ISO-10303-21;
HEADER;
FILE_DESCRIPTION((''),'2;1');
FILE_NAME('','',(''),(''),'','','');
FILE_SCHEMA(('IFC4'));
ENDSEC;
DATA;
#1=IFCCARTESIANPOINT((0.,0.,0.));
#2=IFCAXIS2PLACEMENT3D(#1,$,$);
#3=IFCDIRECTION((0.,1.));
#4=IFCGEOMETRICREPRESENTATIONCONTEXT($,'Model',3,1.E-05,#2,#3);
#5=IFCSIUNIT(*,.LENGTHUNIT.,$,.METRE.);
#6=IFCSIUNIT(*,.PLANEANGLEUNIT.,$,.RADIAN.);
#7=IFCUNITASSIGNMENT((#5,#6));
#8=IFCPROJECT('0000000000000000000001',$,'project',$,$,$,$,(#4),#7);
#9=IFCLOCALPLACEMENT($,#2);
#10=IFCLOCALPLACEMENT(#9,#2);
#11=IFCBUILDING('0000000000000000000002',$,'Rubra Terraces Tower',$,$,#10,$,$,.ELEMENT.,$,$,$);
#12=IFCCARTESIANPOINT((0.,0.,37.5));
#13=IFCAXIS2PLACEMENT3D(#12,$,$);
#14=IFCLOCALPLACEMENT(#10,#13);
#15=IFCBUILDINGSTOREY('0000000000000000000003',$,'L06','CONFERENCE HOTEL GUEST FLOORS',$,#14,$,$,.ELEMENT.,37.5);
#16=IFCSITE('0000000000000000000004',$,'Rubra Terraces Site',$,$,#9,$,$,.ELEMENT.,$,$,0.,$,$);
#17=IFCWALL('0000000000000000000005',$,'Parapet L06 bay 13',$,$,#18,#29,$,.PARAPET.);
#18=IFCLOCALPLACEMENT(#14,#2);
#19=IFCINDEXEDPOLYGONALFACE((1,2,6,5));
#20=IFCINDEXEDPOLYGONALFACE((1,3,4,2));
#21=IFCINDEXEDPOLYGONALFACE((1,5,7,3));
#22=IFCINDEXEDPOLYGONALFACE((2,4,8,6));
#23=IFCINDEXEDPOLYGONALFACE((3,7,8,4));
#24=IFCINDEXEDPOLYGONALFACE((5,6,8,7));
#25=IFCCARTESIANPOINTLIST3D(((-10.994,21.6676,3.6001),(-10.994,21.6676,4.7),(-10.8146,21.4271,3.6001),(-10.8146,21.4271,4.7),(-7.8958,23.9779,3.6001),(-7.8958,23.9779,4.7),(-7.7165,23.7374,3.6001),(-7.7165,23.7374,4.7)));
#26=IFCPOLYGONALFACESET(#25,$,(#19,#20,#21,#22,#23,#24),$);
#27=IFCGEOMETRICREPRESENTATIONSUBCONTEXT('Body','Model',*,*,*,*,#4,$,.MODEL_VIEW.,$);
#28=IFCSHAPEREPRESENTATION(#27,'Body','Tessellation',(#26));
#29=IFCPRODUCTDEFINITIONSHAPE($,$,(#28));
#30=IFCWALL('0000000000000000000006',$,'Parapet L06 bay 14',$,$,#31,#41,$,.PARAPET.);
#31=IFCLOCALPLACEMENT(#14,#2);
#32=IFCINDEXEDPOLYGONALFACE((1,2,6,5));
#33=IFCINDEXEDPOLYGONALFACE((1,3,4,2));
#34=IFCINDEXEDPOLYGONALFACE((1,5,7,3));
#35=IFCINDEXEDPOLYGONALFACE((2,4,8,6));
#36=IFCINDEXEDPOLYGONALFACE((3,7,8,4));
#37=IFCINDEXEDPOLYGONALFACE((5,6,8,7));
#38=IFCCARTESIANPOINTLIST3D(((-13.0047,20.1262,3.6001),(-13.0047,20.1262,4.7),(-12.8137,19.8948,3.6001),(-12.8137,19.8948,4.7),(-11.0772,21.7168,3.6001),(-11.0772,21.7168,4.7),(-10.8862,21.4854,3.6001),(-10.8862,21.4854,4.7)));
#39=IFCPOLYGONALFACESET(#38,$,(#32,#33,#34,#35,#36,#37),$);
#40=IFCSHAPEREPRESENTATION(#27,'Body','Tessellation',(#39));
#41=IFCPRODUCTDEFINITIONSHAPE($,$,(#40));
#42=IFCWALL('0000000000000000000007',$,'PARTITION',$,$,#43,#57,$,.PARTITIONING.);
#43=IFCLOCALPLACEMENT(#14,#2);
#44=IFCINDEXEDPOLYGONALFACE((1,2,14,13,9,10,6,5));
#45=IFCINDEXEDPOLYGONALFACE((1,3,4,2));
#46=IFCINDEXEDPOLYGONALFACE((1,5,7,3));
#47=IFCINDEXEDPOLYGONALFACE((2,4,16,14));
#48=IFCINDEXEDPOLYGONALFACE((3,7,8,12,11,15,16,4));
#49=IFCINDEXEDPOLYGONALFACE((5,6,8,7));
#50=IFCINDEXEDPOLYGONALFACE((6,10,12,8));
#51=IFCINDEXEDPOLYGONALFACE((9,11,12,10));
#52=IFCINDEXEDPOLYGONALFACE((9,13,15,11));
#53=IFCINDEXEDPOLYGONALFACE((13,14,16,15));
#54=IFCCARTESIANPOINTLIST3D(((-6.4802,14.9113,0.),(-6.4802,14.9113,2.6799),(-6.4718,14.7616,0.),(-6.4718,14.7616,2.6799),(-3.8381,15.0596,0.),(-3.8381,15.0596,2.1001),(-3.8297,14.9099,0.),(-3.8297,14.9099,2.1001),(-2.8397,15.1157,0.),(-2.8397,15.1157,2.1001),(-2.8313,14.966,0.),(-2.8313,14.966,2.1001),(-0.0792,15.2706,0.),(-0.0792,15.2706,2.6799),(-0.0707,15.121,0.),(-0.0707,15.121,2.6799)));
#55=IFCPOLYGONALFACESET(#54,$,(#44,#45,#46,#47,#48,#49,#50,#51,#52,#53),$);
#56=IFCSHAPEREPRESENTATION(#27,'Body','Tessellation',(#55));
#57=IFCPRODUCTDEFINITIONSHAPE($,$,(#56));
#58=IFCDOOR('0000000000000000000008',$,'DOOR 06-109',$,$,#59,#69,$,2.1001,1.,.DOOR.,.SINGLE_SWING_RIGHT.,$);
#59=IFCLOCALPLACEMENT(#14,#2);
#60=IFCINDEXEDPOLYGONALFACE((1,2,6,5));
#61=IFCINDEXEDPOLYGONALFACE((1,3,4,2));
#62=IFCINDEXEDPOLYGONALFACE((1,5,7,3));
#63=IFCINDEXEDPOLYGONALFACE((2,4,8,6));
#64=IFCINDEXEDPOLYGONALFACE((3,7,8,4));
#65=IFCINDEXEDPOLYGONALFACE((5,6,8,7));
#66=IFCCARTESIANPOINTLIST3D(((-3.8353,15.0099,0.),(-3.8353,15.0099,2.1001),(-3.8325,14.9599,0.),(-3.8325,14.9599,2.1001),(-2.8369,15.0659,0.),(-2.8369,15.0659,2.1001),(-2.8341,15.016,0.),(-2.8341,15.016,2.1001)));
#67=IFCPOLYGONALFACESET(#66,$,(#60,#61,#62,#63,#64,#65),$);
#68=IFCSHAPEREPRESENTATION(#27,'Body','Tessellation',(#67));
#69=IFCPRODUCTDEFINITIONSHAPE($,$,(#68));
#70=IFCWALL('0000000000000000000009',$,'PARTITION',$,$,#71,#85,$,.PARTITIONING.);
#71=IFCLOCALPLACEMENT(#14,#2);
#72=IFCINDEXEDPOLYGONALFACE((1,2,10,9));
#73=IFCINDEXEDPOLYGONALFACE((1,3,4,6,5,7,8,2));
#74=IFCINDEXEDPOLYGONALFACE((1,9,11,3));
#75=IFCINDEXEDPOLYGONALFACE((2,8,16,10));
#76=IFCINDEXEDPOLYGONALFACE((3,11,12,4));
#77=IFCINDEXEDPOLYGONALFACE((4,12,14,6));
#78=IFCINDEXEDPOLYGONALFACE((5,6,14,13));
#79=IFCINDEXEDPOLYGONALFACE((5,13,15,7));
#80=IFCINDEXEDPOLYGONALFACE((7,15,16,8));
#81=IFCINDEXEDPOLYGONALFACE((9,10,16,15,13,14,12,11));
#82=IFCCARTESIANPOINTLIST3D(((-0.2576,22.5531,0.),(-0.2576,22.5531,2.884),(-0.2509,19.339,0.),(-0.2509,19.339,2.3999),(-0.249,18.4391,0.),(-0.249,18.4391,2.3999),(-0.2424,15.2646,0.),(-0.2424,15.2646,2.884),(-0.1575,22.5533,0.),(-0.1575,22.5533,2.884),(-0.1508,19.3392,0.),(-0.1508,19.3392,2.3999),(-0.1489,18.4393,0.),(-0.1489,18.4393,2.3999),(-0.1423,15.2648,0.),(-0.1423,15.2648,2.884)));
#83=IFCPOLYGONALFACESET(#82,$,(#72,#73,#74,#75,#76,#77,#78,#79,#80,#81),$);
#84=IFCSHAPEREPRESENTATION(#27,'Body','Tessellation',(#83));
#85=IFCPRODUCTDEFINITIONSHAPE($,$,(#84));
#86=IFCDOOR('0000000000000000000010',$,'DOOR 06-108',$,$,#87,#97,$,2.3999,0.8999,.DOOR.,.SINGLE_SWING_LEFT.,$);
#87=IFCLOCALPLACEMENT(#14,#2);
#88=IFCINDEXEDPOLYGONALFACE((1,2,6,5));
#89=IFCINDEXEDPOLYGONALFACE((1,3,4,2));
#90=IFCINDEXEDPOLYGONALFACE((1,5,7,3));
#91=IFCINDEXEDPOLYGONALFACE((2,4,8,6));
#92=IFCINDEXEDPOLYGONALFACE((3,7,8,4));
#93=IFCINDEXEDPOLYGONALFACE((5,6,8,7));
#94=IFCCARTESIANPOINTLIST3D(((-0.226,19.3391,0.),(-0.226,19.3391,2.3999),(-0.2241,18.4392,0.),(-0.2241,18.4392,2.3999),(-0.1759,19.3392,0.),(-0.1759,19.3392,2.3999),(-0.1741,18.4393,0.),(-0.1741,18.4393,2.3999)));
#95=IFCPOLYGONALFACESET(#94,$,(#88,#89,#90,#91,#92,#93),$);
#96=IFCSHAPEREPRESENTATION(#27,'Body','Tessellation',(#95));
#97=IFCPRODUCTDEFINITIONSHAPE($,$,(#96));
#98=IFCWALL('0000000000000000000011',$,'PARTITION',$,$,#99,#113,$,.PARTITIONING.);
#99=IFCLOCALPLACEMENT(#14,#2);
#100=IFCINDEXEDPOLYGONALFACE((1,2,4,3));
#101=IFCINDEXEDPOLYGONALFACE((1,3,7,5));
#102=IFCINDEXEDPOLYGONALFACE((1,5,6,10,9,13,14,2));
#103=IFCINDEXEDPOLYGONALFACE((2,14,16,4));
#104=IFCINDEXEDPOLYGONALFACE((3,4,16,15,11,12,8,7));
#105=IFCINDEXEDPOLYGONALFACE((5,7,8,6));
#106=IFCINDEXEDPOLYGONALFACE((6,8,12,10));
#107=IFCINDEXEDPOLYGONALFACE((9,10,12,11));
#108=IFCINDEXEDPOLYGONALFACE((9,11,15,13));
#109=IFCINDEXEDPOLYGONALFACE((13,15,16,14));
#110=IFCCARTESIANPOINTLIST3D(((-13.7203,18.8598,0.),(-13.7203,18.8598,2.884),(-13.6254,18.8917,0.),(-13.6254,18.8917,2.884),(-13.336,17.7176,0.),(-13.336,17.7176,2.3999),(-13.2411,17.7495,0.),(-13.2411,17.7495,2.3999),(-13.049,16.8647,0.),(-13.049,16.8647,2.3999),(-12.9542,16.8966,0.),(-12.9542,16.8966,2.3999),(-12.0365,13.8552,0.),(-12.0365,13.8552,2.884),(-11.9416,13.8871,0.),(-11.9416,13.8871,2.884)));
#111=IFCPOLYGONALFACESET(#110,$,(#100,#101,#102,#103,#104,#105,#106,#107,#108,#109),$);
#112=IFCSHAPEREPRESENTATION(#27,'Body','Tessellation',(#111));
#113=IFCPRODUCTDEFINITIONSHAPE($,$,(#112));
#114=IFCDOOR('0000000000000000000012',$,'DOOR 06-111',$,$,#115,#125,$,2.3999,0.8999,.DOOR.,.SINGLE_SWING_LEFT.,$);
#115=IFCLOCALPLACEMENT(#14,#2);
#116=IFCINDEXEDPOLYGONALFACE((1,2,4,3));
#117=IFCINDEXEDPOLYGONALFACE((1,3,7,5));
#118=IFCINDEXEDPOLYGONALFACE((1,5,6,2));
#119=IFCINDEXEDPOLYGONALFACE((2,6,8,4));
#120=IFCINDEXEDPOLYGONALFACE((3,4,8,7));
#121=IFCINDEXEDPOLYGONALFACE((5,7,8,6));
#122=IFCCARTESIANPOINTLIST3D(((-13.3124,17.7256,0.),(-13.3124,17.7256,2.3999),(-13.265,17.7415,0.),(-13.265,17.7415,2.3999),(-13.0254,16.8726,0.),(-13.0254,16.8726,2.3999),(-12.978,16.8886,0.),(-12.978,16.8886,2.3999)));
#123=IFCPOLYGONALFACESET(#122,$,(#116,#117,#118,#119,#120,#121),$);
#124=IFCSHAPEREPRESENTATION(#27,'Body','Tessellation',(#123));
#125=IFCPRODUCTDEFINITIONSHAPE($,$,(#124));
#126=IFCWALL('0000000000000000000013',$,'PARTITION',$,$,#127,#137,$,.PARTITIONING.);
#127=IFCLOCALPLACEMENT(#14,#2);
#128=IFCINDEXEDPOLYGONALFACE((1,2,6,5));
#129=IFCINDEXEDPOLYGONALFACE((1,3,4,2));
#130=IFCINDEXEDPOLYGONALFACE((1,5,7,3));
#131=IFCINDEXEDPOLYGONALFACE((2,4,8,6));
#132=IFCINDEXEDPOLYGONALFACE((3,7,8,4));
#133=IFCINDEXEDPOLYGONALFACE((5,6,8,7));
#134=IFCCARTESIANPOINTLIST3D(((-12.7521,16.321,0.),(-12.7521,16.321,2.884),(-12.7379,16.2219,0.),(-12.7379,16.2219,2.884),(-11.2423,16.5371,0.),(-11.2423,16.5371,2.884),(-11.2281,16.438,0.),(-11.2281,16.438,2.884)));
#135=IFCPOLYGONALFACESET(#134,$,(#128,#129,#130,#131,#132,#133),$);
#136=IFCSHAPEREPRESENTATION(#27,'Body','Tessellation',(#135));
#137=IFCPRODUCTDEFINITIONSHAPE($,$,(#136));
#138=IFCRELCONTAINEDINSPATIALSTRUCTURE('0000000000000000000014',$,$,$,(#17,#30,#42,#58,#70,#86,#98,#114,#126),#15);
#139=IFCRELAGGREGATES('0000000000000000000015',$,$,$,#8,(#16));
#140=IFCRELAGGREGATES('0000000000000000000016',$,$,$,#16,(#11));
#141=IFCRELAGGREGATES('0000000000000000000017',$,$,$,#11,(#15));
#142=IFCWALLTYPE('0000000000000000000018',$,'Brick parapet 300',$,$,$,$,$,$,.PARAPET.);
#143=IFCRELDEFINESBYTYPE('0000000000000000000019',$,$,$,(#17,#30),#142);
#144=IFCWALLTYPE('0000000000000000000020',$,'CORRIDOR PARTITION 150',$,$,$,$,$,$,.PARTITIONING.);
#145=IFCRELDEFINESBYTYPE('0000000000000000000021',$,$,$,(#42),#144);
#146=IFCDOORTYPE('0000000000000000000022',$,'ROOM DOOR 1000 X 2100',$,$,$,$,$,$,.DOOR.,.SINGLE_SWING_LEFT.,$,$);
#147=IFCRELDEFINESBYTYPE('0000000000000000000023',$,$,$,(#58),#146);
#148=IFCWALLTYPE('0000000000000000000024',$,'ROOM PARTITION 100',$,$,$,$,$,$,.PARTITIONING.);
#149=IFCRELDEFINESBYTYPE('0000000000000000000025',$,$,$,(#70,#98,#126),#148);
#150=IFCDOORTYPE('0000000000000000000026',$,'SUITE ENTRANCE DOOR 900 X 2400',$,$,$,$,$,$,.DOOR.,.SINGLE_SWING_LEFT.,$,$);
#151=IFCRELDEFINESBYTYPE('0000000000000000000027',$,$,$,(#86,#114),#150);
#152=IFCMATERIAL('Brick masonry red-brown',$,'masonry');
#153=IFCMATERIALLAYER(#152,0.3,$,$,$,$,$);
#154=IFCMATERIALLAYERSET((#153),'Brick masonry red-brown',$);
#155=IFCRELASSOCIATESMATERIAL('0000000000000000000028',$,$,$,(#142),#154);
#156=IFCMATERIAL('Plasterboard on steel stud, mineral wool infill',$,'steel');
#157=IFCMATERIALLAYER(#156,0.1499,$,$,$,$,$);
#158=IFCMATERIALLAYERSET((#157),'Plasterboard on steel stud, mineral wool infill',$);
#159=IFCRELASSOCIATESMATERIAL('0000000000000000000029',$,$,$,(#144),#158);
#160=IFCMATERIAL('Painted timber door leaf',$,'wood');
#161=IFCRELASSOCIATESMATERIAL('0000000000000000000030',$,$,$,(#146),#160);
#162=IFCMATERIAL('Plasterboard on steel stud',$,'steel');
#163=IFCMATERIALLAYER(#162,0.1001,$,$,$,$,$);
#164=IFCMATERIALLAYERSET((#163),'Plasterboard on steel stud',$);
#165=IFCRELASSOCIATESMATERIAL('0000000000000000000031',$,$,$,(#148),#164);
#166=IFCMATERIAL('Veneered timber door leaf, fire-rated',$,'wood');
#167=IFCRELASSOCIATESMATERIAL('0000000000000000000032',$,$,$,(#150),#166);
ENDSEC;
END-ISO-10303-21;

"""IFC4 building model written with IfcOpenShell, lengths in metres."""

from ifc_helpers import new_model, si_unit, direction, frame, frame_2d, origin, place, context, subcontext, project, spatial, rectangle, extrude, material, layer, layer_set, type_object, element, fill, save


model = new_model("IFC4")

# Units and contexts
model_context = context("Model", 3, precision=1e-05, world=origin(), true_north=direction((0.0, 1.0)))
body_context = subcontext(model_context, "Body", "Model", "MODEL_VIEW")
ifc_project = project(units=[si_unit("LENGTHUNIT", "METRE"), si_unit("PLANEANGLEUNIT", "RADIAN")], contexts=[model_context])

# Site, building, storey
site_placement = place(None, origin())
site = spatial("IfcSite", under=ifc_project, at=site_placement, Name="Rubra Terraces Site", CompositionType="ELEMENT", RefElevation=0.0)
building_placement = place(site_placement, origin())
building = spatial("IfcBuilding", under=site, at=building_placement, Name="Rubra Terraces Tower", CompositionType="ELEMENT")
storey_placement = place(building_placement, frame((0.0, 0.0, 37.5)))
storey = spatial("IfcBuildingStorey", under=building, at=storey_placement, Name="L06", Description="CONFERENCE HOTEL GUEST FLOORS", CompositionType="ELEMENT", Elevation=37.5)

# Shared definitions
ifc_material_1 = material(Name="Brick masonry red-brown", Category="masonry")

# Walls
ifc_layer_1 = layer(ifc_material_1, 0.3)
ifc_layer_set_1 = layer_set([ifc_layer_1], Name="Brick masonry red-brown")
wall_type_1 = type_object("IfcWallType", Name="Brick parapet 300", PredefinedType="PARAPET", material=ifc_layer_set_1)
wall_1_placement = place(storey_placement, frame((-7.8062, 23.8577, 3.6001), z_axis=(0.0, 0.0, 1.0), x_axis=(-0.80165, -0.597794, 0.0)))
element("IfcWall", 1, at=wall_1_placement, inside=storey, type_object=wall_type_1, Name="Parapet L06 bay 13", PredefinedType="PARAPET", context=body_context, shape_type="SweptSolid", body=[
    extrude(rectangle(XDim=3.8647, YDim=0.3, at=frame_2d((1.9324, 0.0))), origin(), (0.0, 0.0, 1.0), 1.0999),
])
wall_2_placement = place(storey_placement, frame((-10.9817, 21.6011, 3.6001), z_axis=(0.0, 0.0, 1.0), x_axis=(-0.771295, -0.636477, 0.0)))
element("IfcWall", 2, at=wall_2_placement, inside=storey, type_object=wall_type_1, Name="Parapet L06 bay 14", PredefinedType="PARAPET", context=body_context, shape_type="SweptSolid", body=[
    extrude(rectangle(XDim=2.499, YDim=0.3, at=frame_2d((1.2495, 0.0))), origin(), (0.0, 0.0, 1.0), 1.0999),
])

# Walls, openings, doors
ifc_material_2 = material(Name="Plasterboard on steel stud, mineral wool infill", Category="steel")
ifc_layer_2 = layer(ifc_material_2, 0.1499)
ifc_layer_set_2 = layer_set([ifc_layer_2], Name="Plasterboard on steel stud, mineral wool infill")
wall_type_2 = type_object("IfcWallType", Name="CORRIDOR PARTITION 150", PredefinedType="PARTITIONING", material=ifc_layer_set_2)
wall_3_placement = place(storey_placement, frame((-0.075, 15.1958, 0.0), z_axis=(0.0, 0.0, 1.0), x_axis=(-0.998428, -0.056054, 0.0)))
wall_3 = element("IfcWall", 3, at=wall_3_placement, inside=storey, type_object=wall_type_2, Name="PARTITION", PredefinedType="PARTITIONING", context=body_context, shape_type="SweptSolid", body=[
    extrude(rectangle(XDim=6.4111, YDim=0.1499, at=frame_2d((3.2056, 0.0))), origin(), (0.0, 0.0, 1.0), 2.6799),
])
opening_1_placement = place(wall_3_placement, frame((2.7649, 0.0, 0.0)))
opening_1 = element("IfcOpeningElement", 4, at=opening_1_placement, cuts=wall_3, PredefinedType="OPENING", context=body_context, shape_type="SweptSolid", body=[
    extrude(rectangle(XDim=1.0, YDim=2.1001, at=frame_2d((0.5, 1.05))), frame((0.0, 0.085, 0.0), z_axis=(0.0, -1.0, 0.0), x_axis=(1.0, 0.0, 0.0)), (0.0, 0.0, 1.0), 0.1699),
])
ifc_material_3 = material(Name="Painted timber door leaf", Category="wood")
door_type_1 = type_object("IfcDoorType", Name="ROOM DOOR 1000 X 2100", OperationType="SINGLE_SWING_LEFT", PredefinedType="DOOR", material=ifc_material_3)
door_1_placement = place(opening_1_placement, origin())
door_1 = element("IfcDoor", 5, at=door_1_placement, inside=storey, type_object=door_type_1, Name="DOOR 06-109", OperationType="SINGLE_SWING_RIGHT", OverallHeight=2.1001, OverallWidth=1.0, PredefinedType="DOOR", context=body_context, shape_type="SweptSolid", body=[
    extrude(rectangle(XDim=1.0, YDim=2.1001, at=frame_2d((0.5, 1.05))), frame((0.0, 0.0249, 0.0), z_axis=(0.0, -1.0, 0.0), x_axis=(1.0, 0.0, 0.0)), (0.0, 0.0, 1.0), 0.05),
])
fill(opening_1, door_1)
ifc_material_4 = material(Name="Plasterboard on steel stud", Category="steel")
ifc_layer_3 = layer(ifc_material_4, 0.1001)
ifc_layer_set_3 = layer_set([ifc_layer_3], Name="Plasterboard on steel stud")
wall_type_3 = type_object("IfcWallType", Name="ROOM PARTITION 100", PredefinedType="PARTITIONING", material=ifc_layer_set_3)
wall_4_placement = place(storey_placement, frame((-0.2075, 22.5532, 0.0), z_axis=(0.0, 0.0, 1.0), x_axis=(0.002077, -0.999998, 0.0)))
wall_4 = element("IfcWall", 6, at=wall_4_placement, inside=storey, type_object=wall_type_3, Name="PARTITION", PredefinedType="PARTITIONING", context=body_context, shape_type="SweptSolid", body=[
    extrude(rectangle(XDim=7.2886, YDim=0.1001, at=frame_2d((3.6443, 0.0))), origin(), (0.0, 0.0, 1.0), 2.884),
])
opening_2_placement = place(wall_4_placement, frame((3.2141, 0.0, 0.0)))
opening_2 = element("IfcOpeningElement", 7, at=opening_2_placement, cuts=wall_4, PredefinedType="OPENING", context=body_context, shape_type="SweptSolid", body=[
    extrude(rectangle(XDim=0.8999, YDim=2.3999, at=frame_2d((0.45, 1.2))), frame((0.0, 0.0601, 0.0), z_axis=(0.0, -1.0, 0.0), x_axis=(1.0, 0.0, 0.0)), (0.0, 0.0, 1.0), 0.1201),
])
ifc_material_5 = material(Name="Veneered timber door leaf, fire-rated", Category="wood")
door_type_2 = type_object("IfcDoorType", Name="SUITE ENTRANCE DOOR 900 X 2400", OperationType="SINGLE_SWING_LEFT", PredefinedType="DOOR", material=ifc_material_5)
door_2_placement = place(opening_2_placement, origin())
door_2 = element("IfcDoor", 8, at=door_2_placement, inside=storey, type_object=door_type_2, Name="DOOR 06-108", OperationType="SINGLE_SWING_LEFT", OverallHeight=2.3999, OverallWidth=0.8999, PredefinedType="DOOR", context=body_context, shape_type="SweptSolid", body=[
    extrude(rectangle(XDim=0.8999, YDim=2.3999, at=frame_2d((0.45, 1.2))), frame((0.0, 0.0249, 0.0), z_axis=(0.0, -1.0, 0.0), x_axis=(1.0, 0.0, 0.0)), (0.0, 0.0, 1.0), 0.05),
])
fill(opening_2, door_2)
wall_5_placement = place(storey_placement, frame((-13.6729, 18.8757, 0.0), z_axis=(0.0, 0.0, 1.0), x_axis=(0.31889, -0.947792, 0.0)))
wall_5 = element("IfcWall", 9, at=wall_5_placement, inside=storey, type_object=wall_type_3, Name="PARTITION", PredefinedType="PARTITIONING", context=body_context, shape_type="SweptSolid", body=[
    extrude(rectangle(XDim=5.2803, YDim=0.1001, at=frame_2d((2.6401, 0.0))), origin(), (0.0, 0.0, 1.0), 2.884),
])
opening_3_placement = place(wall_5_placement, frame((1.2051, 0.0, 0.0)))
opening_3 = element("IfcOpeningElement", 10, at=opening_3_placement, cuts=wall_5, PredefinedType="OPENING", context=body_context, shape_type="SweptSolid", body=[
    extrude(rectangle(XDim=0.8999, YDim=2.3999, at=frame_2d((0.45, 1.2))), frame((0.0, 0.0601, 0.0), z_axis=(0.0, -1.0, 0.0), x_axis=(1.0, 0.0, 0.0)), (0.0, 0.0, 1.0), 0.1201),
])
door_3_placement = place(opening_3_placement, origin())
door_3 = element("IfcDoor", 11, at=door_3_placement, inside=storey, type_object=door_type_2, Name="DOOR 06-111", OperationType="SINGLE_SWING_LEFT", OverallHeight=2.3999, OverallWidth=0.8999, PredefinedType="DOOR", context=body_context, shape_type="SweptSolid", body=[
    extrude(rectangle(XDim=0.8999, YDim=2.3999, at=frame_2d((0.45, 1.2))), frame((0.0, 0.0249, 0.0), z_axis=(0.0, -1.0, 0.0), x_axis=(1.0, 0.0, 0.0)), (0.0, 0.0, 1.0), 0.05),
])
fill(opening_3, door_3)

# Wall
wall_6_placement = place(storey_placement, frame((-11.2351, 16.4875, 0.0), z_axis=(0.0, 0.0, 1.0), x_axis=(-0.989914, -0.141668, 0.0)))
element("IfcWall", 12, at=wall_6_placement, inside=storey, type_object=wall_type_3, Name="PARTITION", PredefinedType="PARTITIONING", context=body_context, shape_type="SweptSolid", body=[
    extrude(rectangle(XDim=1.5251, YDim=0.1001, at=frame_2d((0.7627, 0.0))), origin(), (0.0, 0.0, 1.0), 2.884),
])

save(model, "model.ifc")
